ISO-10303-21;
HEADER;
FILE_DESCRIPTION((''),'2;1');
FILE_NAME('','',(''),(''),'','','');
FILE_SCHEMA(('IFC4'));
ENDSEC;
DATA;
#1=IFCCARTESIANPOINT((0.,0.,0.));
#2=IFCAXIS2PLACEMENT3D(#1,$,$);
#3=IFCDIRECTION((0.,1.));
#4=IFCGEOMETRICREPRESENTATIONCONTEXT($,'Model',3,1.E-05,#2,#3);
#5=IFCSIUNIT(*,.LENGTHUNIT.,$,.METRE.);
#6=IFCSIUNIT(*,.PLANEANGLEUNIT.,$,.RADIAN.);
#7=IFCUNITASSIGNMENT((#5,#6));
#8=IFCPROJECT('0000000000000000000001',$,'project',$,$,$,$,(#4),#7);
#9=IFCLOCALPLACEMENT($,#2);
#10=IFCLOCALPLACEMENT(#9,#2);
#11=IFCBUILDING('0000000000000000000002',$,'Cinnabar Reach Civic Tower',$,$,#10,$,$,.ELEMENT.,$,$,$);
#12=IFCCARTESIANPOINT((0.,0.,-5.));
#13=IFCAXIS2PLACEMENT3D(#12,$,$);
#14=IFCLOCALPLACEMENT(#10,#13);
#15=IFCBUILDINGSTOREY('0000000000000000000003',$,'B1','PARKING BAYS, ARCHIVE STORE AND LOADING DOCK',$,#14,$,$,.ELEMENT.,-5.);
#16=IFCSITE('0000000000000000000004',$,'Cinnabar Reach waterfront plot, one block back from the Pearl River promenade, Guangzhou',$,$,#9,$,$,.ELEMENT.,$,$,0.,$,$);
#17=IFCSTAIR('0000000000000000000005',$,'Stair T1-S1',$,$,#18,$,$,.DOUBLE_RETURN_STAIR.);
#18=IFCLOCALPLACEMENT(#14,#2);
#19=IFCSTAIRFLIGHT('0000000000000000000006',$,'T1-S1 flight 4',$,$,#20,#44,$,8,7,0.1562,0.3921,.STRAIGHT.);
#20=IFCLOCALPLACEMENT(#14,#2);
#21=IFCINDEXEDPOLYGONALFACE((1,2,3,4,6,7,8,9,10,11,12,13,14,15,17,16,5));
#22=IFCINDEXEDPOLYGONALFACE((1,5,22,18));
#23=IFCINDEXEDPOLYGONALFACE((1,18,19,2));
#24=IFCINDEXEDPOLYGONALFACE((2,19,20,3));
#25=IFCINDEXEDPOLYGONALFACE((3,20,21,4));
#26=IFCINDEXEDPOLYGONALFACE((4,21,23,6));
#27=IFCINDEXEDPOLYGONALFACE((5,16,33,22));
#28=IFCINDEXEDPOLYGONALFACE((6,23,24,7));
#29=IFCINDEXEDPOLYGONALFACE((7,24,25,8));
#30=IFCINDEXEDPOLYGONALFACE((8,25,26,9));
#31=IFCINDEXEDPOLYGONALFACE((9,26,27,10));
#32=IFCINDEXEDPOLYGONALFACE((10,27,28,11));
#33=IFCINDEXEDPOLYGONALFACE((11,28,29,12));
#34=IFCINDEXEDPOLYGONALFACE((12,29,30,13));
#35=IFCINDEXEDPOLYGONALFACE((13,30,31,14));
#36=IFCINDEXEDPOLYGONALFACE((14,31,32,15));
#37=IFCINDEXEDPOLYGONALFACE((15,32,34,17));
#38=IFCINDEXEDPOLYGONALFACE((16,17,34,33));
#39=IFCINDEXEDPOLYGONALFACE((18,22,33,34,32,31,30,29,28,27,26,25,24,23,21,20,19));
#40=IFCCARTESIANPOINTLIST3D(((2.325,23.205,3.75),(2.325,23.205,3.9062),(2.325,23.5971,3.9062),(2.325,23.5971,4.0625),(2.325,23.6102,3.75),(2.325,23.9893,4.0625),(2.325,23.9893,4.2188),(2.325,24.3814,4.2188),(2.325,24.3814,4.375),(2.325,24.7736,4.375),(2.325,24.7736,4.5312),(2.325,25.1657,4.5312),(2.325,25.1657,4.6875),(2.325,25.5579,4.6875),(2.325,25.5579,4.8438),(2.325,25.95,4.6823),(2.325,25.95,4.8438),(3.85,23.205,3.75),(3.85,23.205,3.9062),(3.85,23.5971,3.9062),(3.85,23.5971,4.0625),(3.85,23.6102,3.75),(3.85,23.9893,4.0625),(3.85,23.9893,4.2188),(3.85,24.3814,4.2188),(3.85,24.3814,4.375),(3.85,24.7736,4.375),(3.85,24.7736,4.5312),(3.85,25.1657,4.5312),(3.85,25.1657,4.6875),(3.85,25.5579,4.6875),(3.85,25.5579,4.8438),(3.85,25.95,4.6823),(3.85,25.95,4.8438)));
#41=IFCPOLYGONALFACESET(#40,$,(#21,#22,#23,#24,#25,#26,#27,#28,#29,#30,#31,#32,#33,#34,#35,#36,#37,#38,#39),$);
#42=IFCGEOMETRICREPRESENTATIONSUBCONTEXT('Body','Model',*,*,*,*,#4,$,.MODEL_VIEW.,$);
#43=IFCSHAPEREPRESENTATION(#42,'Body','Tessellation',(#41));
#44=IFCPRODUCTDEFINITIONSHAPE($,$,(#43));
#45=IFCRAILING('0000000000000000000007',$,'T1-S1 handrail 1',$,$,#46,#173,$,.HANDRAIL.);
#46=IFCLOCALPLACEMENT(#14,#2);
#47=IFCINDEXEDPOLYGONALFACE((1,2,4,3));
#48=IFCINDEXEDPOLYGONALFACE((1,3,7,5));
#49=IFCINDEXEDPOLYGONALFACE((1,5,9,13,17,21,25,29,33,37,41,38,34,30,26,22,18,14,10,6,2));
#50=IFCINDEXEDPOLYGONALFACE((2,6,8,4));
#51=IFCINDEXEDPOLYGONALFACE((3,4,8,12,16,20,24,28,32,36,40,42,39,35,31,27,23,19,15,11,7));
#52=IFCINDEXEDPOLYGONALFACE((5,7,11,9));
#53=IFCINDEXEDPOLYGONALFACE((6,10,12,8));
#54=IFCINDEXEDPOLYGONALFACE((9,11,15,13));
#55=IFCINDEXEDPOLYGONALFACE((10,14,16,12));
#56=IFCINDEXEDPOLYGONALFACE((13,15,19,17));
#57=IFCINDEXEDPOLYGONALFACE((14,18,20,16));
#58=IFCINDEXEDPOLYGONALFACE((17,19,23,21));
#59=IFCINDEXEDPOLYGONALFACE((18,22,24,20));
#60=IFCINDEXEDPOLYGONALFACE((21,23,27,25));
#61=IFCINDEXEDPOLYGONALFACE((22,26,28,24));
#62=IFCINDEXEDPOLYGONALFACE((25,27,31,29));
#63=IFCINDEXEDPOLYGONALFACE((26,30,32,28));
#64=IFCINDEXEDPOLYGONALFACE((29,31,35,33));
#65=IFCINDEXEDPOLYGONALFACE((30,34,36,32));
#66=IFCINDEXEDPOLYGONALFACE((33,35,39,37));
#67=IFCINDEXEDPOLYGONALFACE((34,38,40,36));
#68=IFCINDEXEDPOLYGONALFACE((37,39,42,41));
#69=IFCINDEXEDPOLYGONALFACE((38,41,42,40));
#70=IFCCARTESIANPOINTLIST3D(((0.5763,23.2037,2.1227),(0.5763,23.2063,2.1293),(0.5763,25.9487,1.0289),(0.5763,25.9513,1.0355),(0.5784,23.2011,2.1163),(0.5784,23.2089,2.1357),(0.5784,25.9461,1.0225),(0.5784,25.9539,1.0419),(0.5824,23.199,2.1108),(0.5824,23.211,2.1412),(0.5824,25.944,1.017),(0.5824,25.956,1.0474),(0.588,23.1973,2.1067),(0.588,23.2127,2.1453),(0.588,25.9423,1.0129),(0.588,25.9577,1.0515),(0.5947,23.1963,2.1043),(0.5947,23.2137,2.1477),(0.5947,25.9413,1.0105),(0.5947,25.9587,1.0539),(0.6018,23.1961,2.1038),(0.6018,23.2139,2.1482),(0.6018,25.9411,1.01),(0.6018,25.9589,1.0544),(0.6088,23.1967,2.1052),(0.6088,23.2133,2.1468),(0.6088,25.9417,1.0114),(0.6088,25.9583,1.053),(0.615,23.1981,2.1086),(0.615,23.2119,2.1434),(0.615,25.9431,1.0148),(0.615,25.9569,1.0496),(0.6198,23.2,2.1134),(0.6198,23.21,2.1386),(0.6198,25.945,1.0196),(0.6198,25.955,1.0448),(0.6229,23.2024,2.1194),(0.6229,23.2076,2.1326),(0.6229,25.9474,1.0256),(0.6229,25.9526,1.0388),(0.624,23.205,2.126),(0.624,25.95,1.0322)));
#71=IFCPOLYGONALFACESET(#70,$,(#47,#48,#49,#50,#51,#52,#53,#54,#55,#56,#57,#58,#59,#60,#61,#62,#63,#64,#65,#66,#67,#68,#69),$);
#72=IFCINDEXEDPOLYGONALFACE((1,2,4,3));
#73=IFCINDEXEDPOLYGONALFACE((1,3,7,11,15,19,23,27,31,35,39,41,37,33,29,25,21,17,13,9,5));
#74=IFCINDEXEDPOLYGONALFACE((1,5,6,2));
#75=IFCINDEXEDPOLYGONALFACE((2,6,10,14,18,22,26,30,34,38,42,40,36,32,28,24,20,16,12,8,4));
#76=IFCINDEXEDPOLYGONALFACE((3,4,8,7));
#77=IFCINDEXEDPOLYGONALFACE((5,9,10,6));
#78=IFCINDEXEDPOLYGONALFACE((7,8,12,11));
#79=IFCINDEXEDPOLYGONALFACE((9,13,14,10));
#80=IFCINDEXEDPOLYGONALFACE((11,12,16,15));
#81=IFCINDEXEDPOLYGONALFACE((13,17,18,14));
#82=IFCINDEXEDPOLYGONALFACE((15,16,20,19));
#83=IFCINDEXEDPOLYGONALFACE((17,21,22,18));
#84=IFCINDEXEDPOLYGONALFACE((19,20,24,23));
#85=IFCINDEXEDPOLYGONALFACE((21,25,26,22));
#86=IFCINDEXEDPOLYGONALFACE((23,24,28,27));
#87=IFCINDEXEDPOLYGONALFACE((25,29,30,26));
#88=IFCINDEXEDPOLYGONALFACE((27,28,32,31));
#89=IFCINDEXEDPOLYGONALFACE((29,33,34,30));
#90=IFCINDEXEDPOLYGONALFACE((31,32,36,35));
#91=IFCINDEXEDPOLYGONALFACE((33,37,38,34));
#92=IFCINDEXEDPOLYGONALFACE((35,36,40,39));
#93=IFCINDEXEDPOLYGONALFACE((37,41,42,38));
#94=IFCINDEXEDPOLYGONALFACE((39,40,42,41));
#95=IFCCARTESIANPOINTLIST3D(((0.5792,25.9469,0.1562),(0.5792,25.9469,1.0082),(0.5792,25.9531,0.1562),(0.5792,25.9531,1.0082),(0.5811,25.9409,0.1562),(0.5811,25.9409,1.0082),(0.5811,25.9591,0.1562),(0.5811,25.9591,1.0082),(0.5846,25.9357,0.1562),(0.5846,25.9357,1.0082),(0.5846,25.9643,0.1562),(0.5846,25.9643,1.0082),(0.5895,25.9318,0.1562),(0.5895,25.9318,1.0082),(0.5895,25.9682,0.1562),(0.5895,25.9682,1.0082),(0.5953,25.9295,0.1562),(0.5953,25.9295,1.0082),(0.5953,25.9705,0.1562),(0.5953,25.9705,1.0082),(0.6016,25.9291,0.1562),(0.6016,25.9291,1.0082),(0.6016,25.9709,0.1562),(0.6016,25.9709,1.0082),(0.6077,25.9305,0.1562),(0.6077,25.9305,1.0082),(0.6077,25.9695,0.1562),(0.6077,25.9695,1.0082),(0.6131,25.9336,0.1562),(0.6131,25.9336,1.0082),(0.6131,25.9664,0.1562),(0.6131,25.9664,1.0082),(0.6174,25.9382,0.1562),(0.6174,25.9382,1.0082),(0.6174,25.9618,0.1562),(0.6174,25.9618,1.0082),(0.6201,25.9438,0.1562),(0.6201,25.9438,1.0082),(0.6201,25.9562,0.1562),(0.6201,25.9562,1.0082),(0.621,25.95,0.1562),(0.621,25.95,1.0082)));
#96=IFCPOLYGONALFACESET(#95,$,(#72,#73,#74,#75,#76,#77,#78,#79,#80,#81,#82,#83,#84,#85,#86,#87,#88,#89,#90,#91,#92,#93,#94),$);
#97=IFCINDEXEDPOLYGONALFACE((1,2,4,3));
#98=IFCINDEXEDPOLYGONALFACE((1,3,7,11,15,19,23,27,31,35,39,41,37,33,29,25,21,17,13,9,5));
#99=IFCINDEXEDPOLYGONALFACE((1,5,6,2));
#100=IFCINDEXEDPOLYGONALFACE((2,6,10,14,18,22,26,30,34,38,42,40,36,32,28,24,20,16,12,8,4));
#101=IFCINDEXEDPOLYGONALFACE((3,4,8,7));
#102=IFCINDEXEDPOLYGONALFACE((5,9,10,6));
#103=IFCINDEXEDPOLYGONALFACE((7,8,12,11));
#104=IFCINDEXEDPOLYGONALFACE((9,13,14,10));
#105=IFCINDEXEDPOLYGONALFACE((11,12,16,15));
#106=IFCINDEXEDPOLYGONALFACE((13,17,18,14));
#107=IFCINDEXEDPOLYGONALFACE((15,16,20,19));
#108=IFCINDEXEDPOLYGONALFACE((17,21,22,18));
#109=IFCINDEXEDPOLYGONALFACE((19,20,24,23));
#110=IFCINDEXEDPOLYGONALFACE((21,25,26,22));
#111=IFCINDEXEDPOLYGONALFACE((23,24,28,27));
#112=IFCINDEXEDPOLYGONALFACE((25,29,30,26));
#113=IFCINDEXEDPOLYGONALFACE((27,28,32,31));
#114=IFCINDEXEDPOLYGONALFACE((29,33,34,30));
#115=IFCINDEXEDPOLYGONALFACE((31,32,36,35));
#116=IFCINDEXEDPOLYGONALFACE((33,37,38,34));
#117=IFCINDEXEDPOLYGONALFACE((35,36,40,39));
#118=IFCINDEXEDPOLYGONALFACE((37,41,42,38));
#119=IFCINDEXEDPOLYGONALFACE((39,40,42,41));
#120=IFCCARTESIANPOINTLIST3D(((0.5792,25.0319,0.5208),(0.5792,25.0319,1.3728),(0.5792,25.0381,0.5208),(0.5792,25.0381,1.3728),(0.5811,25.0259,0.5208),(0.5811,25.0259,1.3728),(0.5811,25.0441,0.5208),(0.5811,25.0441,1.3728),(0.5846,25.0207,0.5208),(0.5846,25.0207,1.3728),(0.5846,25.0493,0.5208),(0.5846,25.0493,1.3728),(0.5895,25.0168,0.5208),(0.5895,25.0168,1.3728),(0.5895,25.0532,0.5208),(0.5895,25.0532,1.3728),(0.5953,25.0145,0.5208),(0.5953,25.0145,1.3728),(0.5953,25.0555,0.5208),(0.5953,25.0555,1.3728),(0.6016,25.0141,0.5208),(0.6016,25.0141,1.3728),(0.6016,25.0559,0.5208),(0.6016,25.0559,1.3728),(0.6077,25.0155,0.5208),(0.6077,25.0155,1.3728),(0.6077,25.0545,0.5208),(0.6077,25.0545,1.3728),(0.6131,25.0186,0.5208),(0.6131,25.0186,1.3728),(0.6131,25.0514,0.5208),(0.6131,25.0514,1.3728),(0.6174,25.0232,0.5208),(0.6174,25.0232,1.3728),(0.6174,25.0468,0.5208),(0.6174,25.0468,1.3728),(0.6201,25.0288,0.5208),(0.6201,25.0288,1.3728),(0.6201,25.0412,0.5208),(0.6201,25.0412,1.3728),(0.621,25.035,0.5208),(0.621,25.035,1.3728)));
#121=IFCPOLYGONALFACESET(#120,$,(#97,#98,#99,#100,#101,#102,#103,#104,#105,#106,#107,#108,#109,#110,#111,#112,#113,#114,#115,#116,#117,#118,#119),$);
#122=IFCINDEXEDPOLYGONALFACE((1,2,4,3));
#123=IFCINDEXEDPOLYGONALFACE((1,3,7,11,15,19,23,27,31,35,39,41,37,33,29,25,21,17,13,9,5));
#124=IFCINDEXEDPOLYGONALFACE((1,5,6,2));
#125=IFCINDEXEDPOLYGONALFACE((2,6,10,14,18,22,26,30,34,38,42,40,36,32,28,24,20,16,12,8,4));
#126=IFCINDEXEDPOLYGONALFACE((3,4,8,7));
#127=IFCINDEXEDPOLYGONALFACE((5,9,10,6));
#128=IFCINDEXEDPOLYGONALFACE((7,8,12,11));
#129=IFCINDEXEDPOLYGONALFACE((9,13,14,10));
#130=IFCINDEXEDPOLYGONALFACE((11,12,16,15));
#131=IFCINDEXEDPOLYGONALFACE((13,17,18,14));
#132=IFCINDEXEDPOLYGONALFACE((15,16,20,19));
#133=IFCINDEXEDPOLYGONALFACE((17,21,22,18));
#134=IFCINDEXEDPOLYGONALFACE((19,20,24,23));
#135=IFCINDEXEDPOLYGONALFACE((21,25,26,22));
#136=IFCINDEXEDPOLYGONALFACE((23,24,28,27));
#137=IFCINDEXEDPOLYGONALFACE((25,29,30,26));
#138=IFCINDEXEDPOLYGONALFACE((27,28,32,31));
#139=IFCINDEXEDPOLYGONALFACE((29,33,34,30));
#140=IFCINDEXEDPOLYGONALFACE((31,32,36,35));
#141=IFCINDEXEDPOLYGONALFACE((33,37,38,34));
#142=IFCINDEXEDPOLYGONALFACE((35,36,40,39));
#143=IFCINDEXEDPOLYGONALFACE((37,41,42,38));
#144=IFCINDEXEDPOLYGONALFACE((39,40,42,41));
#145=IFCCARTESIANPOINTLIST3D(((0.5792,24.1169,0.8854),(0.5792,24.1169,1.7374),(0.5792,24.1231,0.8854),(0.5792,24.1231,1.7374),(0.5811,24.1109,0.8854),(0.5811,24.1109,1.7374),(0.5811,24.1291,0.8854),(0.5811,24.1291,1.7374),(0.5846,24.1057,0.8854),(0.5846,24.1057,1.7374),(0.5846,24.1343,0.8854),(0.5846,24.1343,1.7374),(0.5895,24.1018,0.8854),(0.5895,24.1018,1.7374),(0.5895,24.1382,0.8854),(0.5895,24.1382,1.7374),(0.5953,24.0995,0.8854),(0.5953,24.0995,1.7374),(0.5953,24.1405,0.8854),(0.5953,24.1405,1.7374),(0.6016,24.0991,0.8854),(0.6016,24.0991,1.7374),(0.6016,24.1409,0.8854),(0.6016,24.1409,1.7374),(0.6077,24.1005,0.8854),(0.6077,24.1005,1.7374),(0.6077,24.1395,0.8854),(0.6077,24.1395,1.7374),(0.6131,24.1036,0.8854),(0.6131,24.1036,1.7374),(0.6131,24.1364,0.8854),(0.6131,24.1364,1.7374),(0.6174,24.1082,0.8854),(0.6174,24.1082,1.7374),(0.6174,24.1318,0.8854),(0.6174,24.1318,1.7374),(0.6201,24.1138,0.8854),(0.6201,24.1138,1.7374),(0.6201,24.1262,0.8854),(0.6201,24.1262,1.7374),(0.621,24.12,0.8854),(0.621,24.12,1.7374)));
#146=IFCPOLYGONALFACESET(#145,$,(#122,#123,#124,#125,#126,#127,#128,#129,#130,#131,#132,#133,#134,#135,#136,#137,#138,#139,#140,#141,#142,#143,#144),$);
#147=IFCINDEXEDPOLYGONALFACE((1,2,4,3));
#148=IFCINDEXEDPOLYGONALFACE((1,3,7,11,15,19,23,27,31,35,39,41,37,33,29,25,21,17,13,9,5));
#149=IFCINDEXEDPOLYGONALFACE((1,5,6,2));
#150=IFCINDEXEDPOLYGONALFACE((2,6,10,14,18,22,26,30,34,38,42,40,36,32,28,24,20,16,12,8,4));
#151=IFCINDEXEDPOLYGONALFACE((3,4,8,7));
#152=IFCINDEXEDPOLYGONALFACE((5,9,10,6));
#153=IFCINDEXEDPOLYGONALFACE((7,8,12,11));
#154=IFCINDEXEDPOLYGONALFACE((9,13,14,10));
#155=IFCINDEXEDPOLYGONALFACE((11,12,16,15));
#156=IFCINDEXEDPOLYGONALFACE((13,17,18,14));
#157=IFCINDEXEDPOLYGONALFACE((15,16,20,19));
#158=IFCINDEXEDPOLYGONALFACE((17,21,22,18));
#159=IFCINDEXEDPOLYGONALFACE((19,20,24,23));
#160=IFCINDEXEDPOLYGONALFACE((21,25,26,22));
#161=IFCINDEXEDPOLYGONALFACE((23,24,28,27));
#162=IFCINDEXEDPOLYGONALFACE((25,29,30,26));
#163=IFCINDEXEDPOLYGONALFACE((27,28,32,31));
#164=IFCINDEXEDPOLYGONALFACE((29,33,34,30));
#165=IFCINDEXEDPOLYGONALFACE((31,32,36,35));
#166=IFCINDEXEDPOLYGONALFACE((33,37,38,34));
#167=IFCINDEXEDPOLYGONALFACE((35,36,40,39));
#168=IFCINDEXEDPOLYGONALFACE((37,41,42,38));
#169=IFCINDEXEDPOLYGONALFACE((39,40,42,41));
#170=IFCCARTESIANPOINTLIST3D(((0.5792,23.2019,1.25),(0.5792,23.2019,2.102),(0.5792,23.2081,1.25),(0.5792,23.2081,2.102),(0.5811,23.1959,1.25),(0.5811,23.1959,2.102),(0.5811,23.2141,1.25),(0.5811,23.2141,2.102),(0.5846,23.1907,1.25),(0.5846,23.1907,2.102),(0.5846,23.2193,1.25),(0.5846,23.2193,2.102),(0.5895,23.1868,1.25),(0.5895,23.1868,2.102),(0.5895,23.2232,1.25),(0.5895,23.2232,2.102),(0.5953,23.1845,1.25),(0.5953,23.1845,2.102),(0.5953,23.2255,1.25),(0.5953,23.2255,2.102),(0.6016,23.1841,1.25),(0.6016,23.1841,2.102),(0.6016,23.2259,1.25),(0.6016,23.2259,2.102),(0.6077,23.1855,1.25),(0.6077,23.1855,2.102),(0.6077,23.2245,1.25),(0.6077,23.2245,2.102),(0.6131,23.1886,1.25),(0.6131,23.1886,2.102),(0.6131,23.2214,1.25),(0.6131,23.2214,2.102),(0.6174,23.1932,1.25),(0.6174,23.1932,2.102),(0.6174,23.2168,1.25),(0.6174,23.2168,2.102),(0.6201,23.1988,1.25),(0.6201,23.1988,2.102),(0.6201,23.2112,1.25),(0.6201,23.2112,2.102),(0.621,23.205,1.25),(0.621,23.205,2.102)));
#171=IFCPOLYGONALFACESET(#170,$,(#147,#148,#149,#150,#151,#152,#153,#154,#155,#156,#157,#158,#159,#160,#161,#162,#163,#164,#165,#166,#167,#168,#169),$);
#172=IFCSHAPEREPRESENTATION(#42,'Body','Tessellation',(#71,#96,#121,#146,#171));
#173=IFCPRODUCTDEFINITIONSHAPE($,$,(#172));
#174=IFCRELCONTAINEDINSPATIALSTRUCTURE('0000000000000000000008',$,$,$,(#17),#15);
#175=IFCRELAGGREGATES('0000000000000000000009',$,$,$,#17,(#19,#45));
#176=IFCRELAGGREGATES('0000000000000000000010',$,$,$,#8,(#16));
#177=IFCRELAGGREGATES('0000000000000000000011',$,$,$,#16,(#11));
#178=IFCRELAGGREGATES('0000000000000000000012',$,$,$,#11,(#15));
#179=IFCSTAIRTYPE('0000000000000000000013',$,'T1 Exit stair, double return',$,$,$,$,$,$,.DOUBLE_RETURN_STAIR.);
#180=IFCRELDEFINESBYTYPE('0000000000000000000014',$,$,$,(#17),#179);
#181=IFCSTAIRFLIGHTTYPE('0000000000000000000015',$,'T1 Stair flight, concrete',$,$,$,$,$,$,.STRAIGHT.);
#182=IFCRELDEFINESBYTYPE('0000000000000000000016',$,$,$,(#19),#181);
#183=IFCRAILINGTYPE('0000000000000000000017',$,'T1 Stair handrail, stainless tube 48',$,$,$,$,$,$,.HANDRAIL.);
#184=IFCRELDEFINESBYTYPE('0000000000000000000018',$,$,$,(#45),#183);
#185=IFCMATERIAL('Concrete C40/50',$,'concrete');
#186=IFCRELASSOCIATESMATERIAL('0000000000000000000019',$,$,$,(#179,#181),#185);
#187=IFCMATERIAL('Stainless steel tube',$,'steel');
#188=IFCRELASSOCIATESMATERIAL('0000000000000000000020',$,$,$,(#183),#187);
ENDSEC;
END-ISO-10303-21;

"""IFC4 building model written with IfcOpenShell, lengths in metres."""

from ifc_helpers import new_model, si_unit, direction, frame, origin, origin_2d, place, context, subcontext, project, spatial, polyline, circle, outline, extrude, material, type_object, element, aggregate, save


model = new_model("IFC4")

# Units and contexts
model_context = context("Model", 3, precision=1e-05, world=origin(), true_north=direction((0.0, 1.0)))
body_context = subcontext(model_context, "Body", "Model", "MODEL_VIEW")
ifc_project = project(units=[si_unit("LENGTHUNIT", "METRE"), si_unit("PLANEANGLEUNIT", "RADIAN")], contexts=[model_context])

# Site, building, storey
site_placement = place(None, origin())
site = spatial("IfcSite", under=ifc_project, at=site_placement, Name="Cinnabar Reach waterfront plot, one block back from the Pearl River promenade, Guangzhou", CompositionType="ELEMENT", RefElevation=0.0)
building_placement = place(site_placement, origin())
building = spatial("IfcBuilding", under=site, at=building_placement, Name="Cinnabar Reach Civic Tower", CompositionType="ELEMENT")
storey_placement = place(building_placement, frame((0.0, 0.0, -5.0)))
storey = spatial("IfcBuildingStorey", under=building, at=storey_placement, Name="B1", Description="PARKING BAYS, ARCHIVE STORE AND LOADING DOCK", CompositionType="ELEMENT", Elevation=-5.0)

# Shared definitions
ifc_material_1 = material(Name="Concrete C40/50", Category="concrete")

# Stair, stair flight, railing
stair_type = type_object("IfcStairType", Name="T1 Exit stair, double return", PredefinedType="DOUBLE_RETURN_STAIR", material=ifc_material_1)
stair_placement = place(storey_placement, origin())
stair = element("IfcStair", 1, at=stair_placement, inside=storey, type_object=stair_type, Name="Stair T1-S1", PredefinedType="DOUBLE_RETURN_STAIR")
stair_flight_type = type_object("IfcStairFlightType", Name="T1 Stair flight, concrete", PredefinedType="STRAIGHT", material=ifc_material_1)
stair_flight_1_placement = place(storey_placement, frame((3.0875, 23.205, 3.75), z_axis=(0.0, 0.0, 1.0), x_axis=(0.0, 1.0, 0.0)))
stair_flight_1 = element("IfcStairFlight", 2, at=stair_flight_1_placement, type_object=stair_flight_type, Name="T1-S1 flight 4", NumberOfRisers=8, NumberOfTreads=7, PredefinedType="STRAIGHT", RiserHeight=0.1562, TreadLength=0.3921, context=body_context, shape_type="SweptSolid", body=[
    extrude(outline(polyline([(0.0, 0.0), (0.0, 0.1562), (0.3921, 0.1562), (0.3921, 0.3125), (0.7843, 0.3125), (0.7843, 0.4688), (1.1764, 0.4688), (1.1764, 0.625), (1.5686, 0.625), (1.5686, 0.7812), (1.9607, 0.7812), (1.9607, 0.9375), (2.3529, 0.9375), (2.3529, 1.0938), (2.745, 1.0938), (2.745, 1.25), (2.745, 0.9323), (0.4052, 0.0), (0.0, 0.0)])), frame((0.0, 0.7625, 0.0), z_axis=(0.0, -1.0, 0.0), x_axis=(1.0, 0.0, 0.0)), (0.0, 0.0, 1.0), 1.525),
])
ifc_material_2 = material(Name="Stainless steel tube", Category="steel")
railing_type = type_object("IfcRailingType", Name="T1 Stair handrail, stainless tube 48", PredefinedType="HANDRAIL", material=ifc_material_2)
railing_1_placement = place(storey_placement, frame((0.6, 25.95, 0.1562)))
railing_1 = element("IfcRailing", 3, at=railing_1_placement, type_object=railing_type, Name="T1-S1 handrail 1", PredefinedType="HANDRAIL", context=body_context, shape_type="SweptSolid", body=[
    extrude(circle(Radius=0.024, at=origin_2d()), frame((0.0, 0.0, 0.876), z_axis=(0.0, -0.928966, 0.370165), x_axis=(1.0, 0.0, 0.0)), (0.0, 0.0, 1.0), 2.9549),
    extrude(circle(Radius=0.021, at=origin_2d()), origin(), (0.0, 0.0, 1.0), 0.852),
    extrude(circle(Radius=0.021, at=origin_2d()), frame((0.0, -0.915, 0.3646)), (0.0, 0.0, 1.0), 0.852),
    extrude(circle(Radius=0.021, at=origin_2d()), frame((0.0, -1.83, 0.7292)), (0.0, 0.0, 1.0), 0.852),
    extrude(circle(Radius=0.021, at=origin_2d()), frame((0.0, -2.745, 1.0938)), (0.0, 0.0, 1.0), 0.852),
])
aggregate(stair, [stair_flight_1, railing_1])

save(model, "model.ifc")
